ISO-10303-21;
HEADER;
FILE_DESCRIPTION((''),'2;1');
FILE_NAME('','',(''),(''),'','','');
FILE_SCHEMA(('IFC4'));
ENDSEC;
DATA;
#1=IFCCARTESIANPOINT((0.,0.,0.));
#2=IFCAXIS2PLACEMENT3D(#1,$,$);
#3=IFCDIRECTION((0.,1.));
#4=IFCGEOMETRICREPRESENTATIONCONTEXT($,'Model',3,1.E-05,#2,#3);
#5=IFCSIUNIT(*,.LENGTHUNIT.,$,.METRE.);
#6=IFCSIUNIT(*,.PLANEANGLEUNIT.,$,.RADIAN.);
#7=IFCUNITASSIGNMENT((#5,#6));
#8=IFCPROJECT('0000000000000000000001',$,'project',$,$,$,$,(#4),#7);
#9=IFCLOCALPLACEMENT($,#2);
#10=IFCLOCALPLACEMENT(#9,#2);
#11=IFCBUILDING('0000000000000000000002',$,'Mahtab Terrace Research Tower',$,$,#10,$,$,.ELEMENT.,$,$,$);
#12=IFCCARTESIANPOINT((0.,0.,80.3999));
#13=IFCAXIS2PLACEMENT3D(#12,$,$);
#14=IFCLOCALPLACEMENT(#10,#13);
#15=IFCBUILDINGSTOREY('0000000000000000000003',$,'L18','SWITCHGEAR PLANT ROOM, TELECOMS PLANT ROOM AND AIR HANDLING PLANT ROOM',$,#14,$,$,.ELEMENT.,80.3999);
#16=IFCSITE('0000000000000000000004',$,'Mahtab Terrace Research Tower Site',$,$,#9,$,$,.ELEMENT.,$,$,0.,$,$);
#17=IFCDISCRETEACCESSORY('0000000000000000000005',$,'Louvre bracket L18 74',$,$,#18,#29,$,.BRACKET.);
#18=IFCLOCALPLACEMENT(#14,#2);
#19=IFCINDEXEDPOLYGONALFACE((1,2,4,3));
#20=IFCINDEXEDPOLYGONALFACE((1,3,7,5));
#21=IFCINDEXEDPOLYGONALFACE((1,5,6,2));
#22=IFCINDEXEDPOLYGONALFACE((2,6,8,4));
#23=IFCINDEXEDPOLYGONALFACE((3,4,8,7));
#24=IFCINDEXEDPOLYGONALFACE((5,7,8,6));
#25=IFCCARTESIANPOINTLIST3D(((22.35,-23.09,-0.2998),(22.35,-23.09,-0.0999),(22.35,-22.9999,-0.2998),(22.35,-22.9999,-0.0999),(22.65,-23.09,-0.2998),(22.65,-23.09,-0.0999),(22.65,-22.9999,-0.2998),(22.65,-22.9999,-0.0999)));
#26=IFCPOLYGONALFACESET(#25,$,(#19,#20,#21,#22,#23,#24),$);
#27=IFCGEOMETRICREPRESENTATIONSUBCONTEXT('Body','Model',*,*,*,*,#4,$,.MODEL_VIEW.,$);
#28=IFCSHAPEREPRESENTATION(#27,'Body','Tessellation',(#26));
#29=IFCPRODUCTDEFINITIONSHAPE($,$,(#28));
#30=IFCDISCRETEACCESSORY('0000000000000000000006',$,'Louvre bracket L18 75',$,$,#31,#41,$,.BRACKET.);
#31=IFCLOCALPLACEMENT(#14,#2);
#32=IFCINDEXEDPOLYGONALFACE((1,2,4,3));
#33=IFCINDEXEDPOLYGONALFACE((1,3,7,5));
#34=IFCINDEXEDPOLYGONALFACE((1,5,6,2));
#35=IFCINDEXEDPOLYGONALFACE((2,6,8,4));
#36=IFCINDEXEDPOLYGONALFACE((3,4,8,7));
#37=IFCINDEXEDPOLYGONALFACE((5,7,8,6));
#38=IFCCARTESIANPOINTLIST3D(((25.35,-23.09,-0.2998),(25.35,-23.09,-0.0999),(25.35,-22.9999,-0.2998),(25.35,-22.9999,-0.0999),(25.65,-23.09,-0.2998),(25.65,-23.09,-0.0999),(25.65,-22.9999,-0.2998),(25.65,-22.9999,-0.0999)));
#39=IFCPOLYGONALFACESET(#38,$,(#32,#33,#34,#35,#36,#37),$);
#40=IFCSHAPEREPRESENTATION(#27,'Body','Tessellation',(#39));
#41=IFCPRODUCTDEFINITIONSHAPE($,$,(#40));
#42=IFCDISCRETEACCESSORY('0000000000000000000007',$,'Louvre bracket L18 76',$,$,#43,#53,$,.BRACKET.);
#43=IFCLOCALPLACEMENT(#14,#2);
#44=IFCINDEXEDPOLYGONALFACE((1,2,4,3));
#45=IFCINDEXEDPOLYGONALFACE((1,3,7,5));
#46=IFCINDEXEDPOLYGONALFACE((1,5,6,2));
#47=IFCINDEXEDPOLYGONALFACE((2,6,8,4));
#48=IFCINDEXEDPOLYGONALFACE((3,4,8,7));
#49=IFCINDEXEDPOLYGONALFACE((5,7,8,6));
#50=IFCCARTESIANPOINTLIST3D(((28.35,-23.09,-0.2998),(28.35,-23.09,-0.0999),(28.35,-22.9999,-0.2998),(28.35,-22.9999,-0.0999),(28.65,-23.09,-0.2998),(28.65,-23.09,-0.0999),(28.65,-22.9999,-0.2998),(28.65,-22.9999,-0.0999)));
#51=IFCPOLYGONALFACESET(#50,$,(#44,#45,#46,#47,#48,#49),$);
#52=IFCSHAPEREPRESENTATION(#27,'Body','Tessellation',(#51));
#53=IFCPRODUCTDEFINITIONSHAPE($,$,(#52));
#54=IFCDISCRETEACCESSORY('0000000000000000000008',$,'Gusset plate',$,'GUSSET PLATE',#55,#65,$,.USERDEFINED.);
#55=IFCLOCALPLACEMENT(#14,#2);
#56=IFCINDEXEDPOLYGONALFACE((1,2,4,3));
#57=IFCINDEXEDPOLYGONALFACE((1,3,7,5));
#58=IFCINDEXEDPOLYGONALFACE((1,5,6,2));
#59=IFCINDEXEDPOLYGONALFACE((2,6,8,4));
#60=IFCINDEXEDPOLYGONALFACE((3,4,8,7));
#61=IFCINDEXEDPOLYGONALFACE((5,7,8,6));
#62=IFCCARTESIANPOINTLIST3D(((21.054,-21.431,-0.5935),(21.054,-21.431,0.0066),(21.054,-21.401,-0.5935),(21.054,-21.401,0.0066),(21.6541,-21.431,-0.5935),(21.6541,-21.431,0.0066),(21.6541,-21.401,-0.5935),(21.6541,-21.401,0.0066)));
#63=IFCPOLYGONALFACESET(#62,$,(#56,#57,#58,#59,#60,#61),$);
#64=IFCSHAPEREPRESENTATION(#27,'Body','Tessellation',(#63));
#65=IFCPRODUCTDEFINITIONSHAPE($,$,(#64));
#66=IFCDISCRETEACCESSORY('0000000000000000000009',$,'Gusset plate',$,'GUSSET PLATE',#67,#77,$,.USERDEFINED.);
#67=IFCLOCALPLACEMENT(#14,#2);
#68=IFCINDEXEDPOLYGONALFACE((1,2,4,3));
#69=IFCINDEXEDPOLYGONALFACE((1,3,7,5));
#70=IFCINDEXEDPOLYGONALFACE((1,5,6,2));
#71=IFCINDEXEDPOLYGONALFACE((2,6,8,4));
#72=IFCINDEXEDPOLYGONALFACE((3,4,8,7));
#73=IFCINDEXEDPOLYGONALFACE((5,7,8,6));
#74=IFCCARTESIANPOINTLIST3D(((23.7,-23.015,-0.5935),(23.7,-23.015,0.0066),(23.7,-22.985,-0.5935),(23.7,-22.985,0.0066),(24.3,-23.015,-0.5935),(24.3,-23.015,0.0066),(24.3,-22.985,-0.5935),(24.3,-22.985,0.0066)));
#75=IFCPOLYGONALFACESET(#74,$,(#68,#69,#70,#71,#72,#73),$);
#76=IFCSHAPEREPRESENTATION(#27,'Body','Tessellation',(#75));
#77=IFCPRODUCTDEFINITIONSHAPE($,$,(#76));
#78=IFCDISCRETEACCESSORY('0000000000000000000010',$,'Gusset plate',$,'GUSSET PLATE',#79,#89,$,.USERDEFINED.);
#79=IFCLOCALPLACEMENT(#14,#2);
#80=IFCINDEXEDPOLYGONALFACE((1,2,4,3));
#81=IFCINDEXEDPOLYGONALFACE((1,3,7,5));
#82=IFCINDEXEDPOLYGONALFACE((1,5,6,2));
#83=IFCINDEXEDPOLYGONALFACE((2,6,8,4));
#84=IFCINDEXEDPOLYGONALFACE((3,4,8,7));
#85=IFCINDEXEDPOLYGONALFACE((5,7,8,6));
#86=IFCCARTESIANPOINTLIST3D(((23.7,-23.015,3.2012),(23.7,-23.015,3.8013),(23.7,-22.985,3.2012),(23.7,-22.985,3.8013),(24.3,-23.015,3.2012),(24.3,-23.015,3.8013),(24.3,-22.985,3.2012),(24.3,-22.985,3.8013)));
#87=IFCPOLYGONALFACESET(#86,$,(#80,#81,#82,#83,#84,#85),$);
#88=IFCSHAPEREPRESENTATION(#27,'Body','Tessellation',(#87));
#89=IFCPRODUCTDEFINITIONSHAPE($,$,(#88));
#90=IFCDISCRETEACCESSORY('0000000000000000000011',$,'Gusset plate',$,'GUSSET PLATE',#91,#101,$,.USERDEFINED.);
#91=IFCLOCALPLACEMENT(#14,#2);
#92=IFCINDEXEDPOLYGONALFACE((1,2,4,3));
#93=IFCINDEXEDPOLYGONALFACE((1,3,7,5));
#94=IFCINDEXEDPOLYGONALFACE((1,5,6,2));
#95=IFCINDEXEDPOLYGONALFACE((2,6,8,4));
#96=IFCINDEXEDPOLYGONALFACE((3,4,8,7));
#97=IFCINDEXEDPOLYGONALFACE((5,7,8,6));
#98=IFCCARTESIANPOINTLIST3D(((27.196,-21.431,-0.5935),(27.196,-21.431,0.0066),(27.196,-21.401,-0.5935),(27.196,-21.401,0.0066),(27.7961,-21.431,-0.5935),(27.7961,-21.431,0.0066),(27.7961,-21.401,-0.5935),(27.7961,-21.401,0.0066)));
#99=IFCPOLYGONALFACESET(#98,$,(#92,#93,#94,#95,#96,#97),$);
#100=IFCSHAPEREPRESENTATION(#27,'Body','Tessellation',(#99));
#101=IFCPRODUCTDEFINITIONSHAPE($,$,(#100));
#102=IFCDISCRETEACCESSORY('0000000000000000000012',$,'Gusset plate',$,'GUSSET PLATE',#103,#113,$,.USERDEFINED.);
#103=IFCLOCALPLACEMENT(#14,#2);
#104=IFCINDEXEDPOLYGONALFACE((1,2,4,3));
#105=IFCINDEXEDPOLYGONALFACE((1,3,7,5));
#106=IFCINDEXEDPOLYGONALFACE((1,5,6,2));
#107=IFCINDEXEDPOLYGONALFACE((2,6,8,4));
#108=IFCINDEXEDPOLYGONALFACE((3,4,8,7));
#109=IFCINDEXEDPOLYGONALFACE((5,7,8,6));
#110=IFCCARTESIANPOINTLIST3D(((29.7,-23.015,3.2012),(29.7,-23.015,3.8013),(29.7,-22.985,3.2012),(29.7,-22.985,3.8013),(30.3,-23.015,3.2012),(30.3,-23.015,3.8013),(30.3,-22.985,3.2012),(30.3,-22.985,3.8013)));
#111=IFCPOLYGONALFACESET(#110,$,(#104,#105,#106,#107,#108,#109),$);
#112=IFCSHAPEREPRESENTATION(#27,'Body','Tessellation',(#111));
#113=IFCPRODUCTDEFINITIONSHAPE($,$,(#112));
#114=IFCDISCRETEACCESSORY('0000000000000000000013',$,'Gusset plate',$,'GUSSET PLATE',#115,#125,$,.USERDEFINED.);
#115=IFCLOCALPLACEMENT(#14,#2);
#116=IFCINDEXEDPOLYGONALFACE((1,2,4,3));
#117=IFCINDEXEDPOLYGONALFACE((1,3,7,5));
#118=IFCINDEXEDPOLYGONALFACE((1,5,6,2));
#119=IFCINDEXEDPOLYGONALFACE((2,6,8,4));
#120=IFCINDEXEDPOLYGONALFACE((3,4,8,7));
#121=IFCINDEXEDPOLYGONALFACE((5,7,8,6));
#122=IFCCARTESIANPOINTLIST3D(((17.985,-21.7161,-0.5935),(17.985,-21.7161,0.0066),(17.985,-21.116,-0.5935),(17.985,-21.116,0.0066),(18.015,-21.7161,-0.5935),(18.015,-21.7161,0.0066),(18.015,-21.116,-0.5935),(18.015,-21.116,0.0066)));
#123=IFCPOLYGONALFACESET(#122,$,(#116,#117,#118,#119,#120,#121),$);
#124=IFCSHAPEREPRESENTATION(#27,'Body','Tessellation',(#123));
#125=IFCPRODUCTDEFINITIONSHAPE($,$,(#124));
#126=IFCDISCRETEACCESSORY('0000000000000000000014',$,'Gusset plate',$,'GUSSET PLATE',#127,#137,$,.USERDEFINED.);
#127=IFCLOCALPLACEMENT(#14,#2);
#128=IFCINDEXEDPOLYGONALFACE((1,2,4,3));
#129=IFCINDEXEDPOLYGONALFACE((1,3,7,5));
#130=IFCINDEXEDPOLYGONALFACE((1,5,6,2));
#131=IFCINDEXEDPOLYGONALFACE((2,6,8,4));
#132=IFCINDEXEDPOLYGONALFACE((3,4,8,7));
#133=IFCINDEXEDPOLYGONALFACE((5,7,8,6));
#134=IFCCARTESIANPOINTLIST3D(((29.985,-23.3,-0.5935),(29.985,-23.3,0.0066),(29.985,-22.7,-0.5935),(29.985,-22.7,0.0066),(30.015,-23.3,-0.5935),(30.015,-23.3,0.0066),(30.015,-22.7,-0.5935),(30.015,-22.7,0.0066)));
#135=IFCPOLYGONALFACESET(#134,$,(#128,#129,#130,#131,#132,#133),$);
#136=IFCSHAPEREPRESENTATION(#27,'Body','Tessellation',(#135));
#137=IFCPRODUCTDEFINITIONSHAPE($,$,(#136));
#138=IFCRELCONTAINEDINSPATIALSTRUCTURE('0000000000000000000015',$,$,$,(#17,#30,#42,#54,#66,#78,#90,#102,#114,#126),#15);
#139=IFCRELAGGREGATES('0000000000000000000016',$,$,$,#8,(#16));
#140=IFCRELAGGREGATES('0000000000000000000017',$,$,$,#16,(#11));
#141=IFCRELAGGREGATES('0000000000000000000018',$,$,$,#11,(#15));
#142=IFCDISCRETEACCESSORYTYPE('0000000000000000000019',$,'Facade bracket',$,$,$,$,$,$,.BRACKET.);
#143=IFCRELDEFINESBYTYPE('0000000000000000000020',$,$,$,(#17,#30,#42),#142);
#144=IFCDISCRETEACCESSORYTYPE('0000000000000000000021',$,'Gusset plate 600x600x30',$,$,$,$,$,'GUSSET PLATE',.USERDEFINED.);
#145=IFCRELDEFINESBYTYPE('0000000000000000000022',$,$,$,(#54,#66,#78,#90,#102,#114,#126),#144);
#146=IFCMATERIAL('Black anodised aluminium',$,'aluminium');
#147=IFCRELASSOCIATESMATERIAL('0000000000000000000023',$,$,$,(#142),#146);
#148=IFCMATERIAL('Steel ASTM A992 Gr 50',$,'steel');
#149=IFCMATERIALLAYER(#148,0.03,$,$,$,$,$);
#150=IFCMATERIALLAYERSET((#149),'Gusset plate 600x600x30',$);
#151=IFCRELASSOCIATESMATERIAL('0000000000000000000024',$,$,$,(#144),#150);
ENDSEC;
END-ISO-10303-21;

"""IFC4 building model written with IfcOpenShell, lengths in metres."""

from ifc_helpers import new_model, si_unit, direction, frame, origin, origin_2d, place, context, subcontext, project, spatial, rectangle, extrude, material, layer, layer_set, type_object, element, save


model = new_model("IFC4")

# Units and contexts
model_context = context("Model", 3, precision=1e-05, world=origin(), true_north=direction((0.0, 1.0)))
body_context = subcontext(model_context, "Body", "Model", "MODEL_VIEW")
ifc_project = project(units=[si_unit("LENGTHUNIT", "METRE"), si_unit("PLANEANGLEUNIT", "RADIAN")], contexts=[model_context])

# Site, building, storey
site_placement = place(None, origin())
site = spatial("IfcSite", under=ifc_project, at=site_placement, Name="Mahtab Terrace Research Tower Site", CompositionType="ELEMENT", RefElevation=0.0)
building_placement = place(site_placement, origin())
building = spatial("IfcBuilding", under=site, at=building_placement, Name="Mahtab Terrace Research Tower", CompositionType="ELEMENT")
storey_placement = place(building_placement, frame((0.0, 0.0, 80.3999)))
storey = spatial("IfcBuildingStorey", under=building, at=storey_placement, Name="L18", Description="SWITCHGEAR PLANT ROOM, TELECOMS PLANT ROOM AND AIR HANDLING PLANT ROOM", CompositionType="ELEMENT", Elevation=80.3999)

# Shared definitions
ifc_material_1 = material(Name="Steel ASTM A992 Gr 50", Category="steel")

# Discrete accessories
ifc_material_2 = material(Name="Black anodised aluminium", Category="aluminium")
discrete_accessory_type_1 = type_object("IfcDiscreteAccessoryType", Name="Facade bracket", PredefinedType="BRACKET", material=ifc_material_2)
for number, where, z_axis, x_axis, name in (
    (1, (22.5, -23.0449, -0.2998), (0.0, 0.0, 1.0), (1.0, 0.0, 0.0), "Louvre bracket L18 74"),
    (2, (25.5, -23.0449, -0.2998), (0.0, 0.0, 1.0), (1.0, 0.0, 0.0), "Louvre bracket L18 75"),
    (3, (28.5, -23.0449, -0.2998), (0.0, 0.0, 1.0), (1.0, 0.0, 0.0), "Louvre bracket L18 76"),
):
    element("IfcDiscreteAccessory", number, at=place(storey_placement, frame(where, z_axis=z_axis, x_axis=x_axis)), inside=storey, type_object=discrete_accessory_type_1, Name=name, PredefinedType="BRACKET", context=body_context, shape_type="SweptSolid", body=[
        extrude(rectangle(XDim=0.3, YDim=0.0901, at=origin_2d()), origin(), (0.0, 0.0, 1.0), 0.2),
    ])
ifc_layer = layer(ifc_material_1, 0.03)
ifc_layer_set = layer_set([ifc_layer], Name="Gusset plate 600x600x30")
discrete_accessory_type_2 = type_object("IfcDiscreteAccessoryType", Name="Gusset plate 600x600x30", ElementType="GUSSET PLATE", PredefinedType="USERDEFINED", material=ifc_layer_set)
for number, where, z_axis, x_axis, name in (
    (4, (21.354, -21.416, -0.5935), (0.0, 0.0, 1.0), (1.0, 0.0, 0.0), "Gusset plate"),
    (5, (24.0, -23.0, -0.5935), (0.0, 0.0, 1.0), (1.0, 0.0, 0.0), "Gusset plate"),
    (6, (24.0, -23.0, 3.2012), (0.0, 0.0, 1.0), (1.0, 0.0, 0.0), "Gusset plate"),
    (7, (27.4961, -21.416, -0.5935), (0.0, 0.0, 1.0), (1.0, 0.0, 0.0), "Gusset plate"),
    (8, (30.0, -23.0, 3.2012), (0.0, 0.0, 1.0), (1.0, 0.0, 0.0), "Gusset plate"),
    (9, (18.0, -21.416, -0.5935), (0.0, 0.0, 1.0), (0.0, 1.0, 0.0), "Gusset plate"),
    (10, (30.0, -23.0, -0.5935), (0.0, 0.0, 1.0), (0.0, 1.0, 0.0), "Gusset plate"),
):
    element("IfcDiscreteAccessory", number, at=place(storey_placement, frame(where, z_axis=z_axis, x_axis=x_axis)), inside=storey, type_object=discrete_accessory_type_2, Name=name, ObjectType="GUSSET PLATE", PredefinedType="USERDEFINED", context=body_context, shape_type="SweptSolid", body=[
        extrude(rectangle(XDim=0.6001, YDim=0.03, at=origin_2d()), origin(), (0.0, 0.0, 1.0), 0.6001),
    ])

save(model, "model.ifc")
